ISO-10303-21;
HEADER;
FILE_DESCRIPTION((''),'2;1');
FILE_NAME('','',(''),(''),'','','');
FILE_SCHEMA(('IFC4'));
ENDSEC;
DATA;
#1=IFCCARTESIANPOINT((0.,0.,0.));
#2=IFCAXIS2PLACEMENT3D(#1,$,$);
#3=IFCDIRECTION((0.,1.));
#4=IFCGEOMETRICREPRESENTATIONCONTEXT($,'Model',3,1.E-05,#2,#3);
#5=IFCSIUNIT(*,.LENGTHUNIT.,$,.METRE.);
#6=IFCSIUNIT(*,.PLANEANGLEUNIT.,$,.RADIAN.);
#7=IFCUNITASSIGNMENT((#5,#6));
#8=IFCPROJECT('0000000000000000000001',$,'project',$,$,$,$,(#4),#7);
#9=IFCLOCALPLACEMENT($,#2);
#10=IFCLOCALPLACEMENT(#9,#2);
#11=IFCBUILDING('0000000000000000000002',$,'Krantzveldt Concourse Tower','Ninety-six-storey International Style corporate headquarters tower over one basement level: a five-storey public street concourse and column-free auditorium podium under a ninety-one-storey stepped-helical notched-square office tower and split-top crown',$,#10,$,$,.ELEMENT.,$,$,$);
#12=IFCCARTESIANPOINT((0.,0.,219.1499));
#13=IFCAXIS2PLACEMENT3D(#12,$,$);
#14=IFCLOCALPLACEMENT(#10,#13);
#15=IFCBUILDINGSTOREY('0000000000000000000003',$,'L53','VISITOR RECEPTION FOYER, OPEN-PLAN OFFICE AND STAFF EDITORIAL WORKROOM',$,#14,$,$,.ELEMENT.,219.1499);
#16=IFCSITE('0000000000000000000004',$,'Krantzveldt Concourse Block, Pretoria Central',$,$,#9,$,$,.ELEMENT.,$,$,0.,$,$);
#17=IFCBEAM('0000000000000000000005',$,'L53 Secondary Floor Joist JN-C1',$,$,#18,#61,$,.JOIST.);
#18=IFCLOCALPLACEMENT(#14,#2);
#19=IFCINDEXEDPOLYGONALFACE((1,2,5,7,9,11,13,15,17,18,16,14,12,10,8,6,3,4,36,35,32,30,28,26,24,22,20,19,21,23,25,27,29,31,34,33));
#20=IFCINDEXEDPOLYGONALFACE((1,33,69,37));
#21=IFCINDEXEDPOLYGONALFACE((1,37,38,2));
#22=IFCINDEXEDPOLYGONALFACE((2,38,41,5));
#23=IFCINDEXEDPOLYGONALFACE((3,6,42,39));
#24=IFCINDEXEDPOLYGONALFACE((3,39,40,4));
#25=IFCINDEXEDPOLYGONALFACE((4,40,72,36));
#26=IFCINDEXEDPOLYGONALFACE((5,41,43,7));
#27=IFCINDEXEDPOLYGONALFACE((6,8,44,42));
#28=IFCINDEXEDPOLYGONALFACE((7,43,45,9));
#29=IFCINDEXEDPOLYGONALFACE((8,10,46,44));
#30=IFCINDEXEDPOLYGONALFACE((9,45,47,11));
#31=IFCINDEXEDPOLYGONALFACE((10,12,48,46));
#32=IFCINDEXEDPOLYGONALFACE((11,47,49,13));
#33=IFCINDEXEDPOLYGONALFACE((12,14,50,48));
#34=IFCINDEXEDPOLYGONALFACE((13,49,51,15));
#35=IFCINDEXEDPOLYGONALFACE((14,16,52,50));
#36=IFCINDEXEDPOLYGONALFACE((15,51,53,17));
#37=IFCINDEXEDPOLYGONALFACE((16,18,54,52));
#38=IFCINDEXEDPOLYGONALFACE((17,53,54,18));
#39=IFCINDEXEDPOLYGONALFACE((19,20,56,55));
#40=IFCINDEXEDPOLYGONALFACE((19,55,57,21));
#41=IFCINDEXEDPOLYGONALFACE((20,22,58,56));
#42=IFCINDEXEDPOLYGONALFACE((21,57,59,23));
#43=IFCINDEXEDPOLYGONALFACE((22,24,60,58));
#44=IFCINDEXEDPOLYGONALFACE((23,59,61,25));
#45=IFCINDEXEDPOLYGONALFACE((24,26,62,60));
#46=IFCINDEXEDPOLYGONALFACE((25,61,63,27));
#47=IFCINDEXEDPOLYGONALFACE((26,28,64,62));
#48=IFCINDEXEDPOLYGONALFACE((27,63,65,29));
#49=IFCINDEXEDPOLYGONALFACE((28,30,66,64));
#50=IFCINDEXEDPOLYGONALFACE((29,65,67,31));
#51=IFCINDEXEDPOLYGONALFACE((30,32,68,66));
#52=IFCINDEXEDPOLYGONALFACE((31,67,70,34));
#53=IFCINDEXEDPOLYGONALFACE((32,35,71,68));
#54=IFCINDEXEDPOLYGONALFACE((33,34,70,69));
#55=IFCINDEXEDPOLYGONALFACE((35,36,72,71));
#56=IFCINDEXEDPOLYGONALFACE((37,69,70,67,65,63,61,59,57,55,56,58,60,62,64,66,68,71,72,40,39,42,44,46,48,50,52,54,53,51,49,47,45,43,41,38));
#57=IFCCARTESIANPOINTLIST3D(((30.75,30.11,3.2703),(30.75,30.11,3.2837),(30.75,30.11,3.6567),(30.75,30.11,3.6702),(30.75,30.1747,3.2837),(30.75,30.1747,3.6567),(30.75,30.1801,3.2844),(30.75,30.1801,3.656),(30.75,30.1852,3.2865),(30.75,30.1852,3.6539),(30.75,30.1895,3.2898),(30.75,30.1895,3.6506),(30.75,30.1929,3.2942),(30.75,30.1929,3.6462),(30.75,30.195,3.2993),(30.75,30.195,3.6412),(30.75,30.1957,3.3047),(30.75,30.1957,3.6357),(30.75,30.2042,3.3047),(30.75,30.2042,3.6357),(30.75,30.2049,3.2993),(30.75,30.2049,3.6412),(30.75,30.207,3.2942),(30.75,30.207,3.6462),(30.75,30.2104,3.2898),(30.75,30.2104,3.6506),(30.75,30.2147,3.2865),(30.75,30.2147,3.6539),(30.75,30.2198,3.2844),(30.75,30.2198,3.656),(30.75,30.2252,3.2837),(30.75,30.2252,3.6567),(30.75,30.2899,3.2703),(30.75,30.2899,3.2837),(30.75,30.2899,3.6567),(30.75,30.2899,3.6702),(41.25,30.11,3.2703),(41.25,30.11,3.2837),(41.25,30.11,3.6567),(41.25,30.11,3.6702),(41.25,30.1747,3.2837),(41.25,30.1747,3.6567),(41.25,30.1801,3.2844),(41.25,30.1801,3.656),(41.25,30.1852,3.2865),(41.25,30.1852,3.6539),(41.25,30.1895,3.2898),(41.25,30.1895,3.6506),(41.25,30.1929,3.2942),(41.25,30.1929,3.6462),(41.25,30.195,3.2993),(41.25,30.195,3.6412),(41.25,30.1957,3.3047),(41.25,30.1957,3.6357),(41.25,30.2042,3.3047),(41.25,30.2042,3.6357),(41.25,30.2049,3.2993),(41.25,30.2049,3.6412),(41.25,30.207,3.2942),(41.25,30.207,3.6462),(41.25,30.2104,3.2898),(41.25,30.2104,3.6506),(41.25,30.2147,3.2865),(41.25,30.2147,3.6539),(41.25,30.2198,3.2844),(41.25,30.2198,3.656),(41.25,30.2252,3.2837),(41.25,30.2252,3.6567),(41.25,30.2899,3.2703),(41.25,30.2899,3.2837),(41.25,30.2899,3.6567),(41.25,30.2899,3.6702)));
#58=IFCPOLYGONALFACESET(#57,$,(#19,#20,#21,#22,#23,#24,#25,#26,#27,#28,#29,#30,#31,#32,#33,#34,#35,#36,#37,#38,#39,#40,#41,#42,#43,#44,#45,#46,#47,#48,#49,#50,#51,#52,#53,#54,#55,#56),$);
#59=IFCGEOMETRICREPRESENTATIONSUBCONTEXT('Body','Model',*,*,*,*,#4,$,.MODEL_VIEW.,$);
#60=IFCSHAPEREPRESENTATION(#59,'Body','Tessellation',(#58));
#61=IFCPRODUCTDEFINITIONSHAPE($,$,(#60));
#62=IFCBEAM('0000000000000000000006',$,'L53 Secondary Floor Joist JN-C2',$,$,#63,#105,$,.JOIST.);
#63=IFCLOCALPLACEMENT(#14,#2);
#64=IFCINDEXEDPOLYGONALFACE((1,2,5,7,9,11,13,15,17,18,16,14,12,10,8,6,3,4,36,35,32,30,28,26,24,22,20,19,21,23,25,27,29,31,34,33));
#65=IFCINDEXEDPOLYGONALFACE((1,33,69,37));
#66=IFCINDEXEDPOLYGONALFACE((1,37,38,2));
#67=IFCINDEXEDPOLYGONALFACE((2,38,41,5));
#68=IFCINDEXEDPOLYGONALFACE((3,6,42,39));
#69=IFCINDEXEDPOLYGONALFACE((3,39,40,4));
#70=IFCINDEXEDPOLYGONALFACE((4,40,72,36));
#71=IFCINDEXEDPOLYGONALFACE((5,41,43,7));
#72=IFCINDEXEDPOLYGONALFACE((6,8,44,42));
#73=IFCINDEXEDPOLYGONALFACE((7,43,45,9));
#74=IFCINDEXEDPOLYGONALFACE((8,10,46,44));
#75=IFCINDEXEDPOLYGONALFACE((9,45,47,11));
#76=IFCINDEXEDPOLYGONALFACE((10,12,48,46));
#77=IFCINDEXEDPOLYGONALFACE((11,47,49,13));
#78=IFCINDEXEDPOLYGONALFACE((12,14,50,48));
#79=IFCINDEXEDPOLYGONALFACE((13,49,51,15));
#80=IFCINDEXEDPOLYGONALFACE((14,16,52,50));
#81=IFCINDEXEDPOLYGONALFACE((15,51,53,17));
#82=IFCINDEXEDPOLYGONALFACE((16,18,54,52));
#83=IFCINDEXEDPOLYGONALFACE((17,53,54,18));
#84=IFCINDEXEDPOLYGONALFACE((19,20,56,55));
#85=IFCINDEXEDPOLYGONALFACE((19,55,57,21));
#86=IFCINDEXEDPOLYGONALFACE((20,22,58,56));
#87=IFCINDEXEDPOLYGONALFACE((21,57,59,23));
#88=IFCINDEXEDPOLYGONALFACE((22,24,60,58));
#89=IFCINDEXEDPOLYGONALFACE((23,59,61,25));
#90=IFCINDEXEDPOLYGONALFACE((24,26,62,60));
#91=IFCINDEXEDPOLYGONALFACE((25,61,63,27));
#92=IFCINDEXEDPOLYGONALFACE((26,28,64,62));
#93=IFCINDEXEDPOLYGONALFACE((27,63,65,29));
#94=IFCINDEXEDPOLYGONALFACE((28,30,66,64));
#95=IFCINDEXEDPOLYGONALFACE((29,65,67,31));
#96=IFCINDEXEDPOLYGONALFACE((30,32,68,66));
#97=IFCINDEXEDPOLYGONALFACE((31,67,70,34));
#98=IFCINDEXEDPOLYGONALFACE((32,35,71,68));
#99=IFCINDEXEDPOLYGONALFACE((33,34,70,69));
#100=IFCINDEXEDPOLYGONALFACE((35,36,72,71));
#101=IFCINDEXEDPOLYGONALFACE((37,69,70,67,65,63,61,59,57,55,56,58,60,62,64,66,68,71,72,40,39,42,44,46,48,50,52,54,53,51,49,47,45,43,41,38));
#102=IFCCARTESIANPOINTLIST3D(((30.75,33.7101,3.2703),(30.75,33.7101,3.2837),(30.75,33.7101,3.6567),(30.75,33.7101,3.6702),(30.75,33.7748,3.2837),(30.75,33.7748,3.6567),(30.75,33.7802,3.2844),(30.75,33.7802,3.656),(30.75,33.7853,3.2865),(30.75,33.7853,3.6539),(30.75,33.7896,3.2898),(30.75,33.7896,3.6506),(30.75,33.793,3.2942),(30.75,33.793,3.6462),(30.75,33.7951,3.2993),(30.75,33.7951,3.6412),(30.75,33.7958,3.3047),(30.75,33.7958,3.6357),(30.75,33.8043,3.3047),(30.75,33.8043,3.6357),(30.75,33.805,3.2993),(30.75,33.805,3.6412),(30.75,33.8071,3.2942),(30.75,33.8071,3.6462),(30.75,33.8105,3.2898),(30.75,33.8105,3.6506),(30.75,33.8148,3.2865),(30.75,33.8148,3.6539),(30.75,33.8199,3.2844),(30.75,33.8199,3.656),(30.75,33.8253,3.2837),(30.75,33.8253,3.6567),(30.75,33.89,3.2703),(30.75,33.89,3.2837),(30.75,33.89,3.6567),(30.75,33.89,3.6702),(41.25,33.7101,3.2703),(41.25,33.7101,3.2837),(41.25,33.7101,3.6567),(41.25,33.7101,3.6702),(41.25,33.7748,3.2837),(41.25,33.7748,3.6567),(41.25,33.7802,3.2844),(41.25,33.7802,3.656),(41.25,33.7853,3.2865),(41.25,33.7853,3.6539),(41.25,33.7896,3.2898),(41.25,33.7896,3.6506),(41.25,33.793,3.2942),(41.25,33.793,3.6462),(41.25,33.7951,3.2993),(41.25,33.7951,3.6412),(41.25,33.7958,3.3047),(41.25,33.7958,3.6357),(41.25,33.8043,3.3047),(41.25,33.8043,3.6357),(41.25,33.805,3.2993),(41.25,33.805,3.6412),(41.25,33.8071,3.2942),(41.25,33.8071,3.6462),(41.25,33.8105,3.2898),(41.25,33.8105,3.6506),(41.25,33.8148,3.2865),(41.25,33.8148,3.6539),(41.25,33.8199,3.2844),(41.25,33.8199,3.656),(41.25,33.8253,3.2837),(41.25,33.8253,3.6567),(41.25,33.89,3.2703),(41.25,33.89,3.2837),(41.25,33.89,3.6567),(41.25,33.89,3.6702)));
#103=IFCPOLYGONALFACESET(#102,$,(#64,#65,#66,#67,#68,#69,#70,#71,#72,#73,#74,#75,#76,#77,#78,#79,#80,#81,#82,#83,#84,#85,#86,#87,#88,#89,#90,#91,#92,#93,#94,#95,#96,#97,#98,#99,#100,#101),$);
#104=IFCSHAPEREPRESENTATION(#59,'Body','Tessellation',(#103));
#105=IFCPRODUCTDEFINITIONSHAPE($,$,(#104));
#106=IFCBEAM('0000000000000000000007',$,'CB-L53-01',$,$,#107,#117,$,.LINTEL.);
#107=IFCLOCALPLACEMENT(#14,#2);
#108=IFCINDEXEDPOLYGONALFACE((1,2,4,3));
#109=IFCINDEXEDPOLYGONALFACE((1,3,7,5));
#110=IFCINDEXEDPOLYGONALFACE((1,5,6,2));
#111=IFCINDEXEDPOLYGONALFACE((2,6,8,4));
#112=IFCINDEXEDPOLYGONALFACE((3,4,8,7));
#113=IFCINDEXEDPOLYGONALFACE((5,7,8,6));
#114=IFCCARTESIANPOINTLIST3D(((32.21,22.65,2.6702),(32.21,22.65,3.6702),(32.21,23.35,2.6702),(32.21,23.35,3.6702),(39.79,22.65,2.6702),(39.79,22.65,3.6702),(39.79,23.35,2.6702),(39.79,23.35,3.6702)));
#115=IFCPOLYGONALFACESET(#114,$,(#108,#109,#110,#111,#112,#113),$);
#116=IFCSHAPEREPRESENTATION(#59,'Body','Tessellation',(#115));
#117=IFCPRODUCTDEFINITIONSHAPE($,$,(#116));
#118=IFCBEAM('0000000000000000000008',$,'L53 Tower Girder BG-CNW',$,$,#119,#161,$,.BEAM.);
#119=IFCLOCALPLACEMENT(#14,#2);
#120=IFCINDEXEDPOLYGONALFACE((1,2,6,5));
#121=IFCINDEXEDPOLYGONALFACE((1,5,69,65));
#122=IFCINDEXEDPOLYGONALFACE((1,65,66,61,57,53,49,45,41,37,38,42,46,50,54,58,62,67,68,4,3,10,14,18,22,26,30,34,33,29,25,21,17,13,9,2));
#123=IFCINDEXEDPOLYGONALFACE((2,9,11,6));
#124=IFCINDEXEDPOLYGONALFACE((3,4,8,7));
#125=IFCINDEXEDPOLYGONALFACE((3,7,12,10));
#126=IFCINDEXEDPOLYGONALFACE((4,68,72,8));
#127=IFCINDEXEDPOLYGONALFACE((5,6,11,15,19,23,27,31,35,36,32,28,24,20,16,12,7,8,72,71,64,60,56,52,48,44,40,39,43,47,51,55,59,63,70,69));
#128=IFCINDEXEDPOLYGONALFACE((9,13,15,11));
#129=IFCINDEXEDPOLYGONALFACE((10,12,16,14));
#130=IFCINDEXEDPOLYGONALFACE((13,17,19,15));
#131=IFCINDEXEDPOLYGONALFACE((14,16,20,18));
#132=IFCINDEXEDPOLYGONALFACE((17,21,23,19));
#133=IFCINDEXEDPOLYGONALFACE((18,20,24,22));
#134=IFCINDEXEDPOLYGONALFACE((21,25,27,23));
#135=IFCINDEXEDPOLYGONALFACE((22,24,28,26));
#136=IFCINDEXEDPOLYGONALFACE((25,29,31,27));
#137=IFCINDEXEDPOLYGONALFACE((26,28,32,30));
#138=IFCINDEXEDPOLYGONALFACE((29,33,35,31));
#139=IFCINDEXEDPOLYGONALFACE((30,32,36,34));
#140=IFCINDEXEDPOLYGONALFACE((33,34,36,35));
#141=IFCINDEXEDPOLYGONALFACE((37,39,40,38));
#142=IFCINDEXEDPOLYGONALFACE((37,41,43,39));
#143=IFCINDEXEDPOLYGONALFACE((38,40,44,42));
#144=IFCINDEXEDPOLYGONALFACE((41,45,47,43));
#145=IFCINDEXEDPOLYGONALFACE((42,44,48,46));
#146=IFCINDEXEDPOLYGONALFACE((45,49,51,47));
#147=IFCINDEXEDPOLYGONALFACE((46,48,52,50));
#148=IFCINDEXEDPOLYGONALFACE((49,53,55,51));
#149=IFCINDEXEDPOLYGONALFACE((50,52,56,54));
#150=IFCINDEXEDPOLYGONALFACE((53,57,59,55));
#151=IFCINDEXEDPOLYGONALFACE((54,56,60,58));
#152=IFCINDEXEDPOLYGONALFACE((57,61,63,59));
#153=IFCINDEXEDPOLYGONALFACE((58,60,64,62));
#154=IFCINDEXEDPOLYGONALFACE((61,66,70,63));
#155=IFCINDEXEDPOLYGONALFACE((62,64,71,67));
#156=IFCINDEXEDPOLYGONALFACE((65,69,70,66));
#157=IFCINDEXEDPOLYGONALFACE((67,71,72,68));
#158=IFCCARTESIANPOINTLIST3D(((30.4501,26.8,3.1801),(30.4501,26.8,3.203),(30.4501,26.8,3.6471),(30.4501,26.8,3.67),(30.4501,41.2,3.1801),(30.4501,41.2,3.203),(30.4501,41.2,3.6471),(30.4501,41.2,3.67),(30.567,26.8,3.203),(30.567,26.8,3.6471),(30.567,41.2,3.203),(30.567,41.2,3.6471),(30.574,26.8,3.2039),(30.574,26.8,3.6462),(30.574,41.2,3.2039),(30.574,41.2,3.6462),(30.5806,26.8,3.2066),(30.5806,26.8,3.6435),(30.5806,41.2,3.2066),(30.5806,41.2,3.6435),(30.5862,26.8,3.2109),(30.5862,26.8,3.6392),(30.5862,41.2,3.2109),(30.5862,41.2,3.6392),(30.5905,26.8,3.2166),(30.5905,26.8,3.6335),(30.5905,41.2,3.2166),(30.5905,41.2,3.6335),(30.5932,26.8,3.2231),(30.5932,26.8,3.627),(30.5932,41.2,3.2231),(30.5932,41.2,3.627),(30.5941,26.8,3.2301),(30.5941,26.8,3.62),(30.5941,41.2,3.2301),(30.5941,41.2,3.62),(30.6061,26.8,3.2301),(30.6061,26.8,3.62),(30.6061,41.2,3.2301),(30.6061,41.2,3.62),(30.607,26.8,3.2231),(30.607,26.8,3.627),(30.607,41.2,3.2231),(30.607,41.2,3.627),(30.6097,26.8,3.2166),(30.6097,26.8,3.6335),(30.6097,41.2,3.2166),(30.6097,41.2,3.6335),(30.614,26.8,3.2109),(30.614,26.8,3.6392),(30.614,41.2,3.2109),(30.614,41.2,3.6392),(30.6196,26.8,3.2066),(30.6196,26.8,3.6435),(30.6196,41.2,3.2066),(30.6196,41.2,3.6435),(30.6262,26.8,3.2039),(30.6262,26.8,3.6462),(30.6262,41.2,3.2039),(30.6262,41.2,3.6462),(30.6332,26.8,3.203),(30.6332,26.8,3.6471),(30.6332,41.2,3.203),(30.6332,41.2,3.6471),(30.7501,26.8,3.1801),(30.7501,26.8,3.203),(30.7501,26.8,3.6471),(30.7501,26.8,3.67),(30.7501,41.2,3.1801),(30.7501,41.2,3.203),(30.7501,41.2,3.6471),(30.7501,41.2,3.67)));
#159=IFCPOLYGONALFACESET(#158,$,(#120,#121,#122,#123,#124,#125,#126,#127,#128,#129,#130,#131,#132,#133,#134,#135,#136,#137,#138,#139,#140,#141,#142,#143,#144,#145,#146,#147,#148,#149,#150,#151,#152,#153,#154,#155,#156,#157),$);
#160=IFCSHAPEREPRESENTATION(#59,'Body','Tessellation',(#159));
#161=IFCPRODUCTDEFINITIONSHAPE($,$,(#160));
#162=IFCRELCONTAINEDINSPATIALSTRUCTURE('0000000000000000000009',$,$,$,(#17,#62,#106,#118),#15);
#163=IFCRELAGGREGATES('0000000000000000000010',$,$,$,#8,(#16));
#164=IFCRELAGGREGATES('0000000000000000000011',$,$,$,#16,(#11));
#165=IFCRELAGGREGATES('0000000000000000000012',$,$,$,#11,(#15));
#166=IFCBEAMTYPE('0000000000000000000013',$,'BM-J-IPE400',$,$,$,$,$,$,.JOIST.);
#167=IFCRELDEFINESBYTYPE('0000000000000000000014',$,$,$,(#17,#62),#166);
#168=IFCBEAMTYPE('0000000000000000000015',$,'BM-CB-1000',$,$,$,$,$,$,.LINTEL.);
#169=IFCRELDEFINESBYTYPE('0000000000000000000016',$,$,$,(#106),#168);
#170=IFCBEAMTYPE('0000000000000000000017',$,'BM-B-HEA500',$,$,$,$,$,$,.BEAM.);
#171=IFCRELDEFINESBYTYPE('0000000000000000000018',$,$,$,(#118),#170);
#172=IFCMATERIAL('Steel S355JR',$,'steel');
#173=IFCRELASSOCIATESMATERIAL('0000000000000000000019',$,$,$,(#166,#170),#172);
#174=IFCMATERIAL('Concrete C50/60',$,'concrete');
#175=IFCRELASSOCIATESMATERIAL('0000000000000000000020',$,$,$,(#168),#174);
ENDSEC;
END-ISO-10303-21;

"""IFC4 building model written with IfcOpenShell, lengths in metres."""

from ifc_helpers import new_model, si_unit, direction, frame, origin, origin_2d, place, context, subcontext, project, spatial, rectangle, i_section, extrude, source, transform, mapped, material, material_profile, profile_set, type_object, type_shapes, element, save


model = new_model("IFC4")

# Units and contexts
model_context = context("Model", 3, precision=1e-05, world=origin(), true_north=direction((0.0, 1.0)))
body_context = subcontext(model_context, "Body", "Model", "MODEL_VIEW")
ifc_project = project(units=[si_unit("LENGTHUNIT", "METRE"), si_unit("PLANEANGLEUNIT", "RADIAN")], contexts=[model_context])

# Site, building, storey
site_placement = place(None, origin())
site = spatial("IfcSite", under=ifc_project, at=site_placement, Name="Krantzveldt Concourse Block, Pretoria Central", CompositionType="ELEMENT", RefElevation=0.0)
building_placement = place(site_placement, origin())
building = spatial("IfcBuilding", under=site, at=building_placement, Name="Krantzveldt Concourse Tower", Description="Ninety-six-storey International Style corporate headquarters tower over one basement level: a five-storey public street concourse and column-free auditorium podium under a ninety-one-storey stepped-helical notched-square office tower and split-top crown", CompositionType="ELEMENT")
storey_placement = place(building_placement, frame((0.0, 0.0, 219.1499)))
storey = spatial("IfcBuildingStorey", under=building, at=storey_placement, Name="L53", Description="VISITOR RECEPTION FOYER, OPEN-PLAN OFFICE AND STAFF EDITORIAL WORKROOM", CompositionType="ELEMENT", Elevation=219.1499)

# Beams
ifc_material_1 = material(Name="Steel S355JR", Category="steel")
ifc_material_profile_1 = material_profile(ifc_material_1, i_section(OverallWidth=0.1799, OverallDepth=0.3999, WebThickness=0.0085, FlangeThickness=0.0134, FilletRadius=0.021, at=origin_2d()), Name="Steel S355JR", Category="steel")
ifc_profile_set_1 = profile_set([ifc_material_profile_1], Name="Steel S355JR - IPE 400")
beam_type_1 = type_object("IfcBeamType", Name="BM-J-IPE400", PredefinedType="JOIST", material=ifc_profile_set_1)
shared_shape_1 = source(origin(), body_context, "Body", "SweptSolid", [
    extrude(i_section(OverallWidth=0.1799, OverallDepth=0.3999, WebThickness=0.0085, FlangeThickness=0.0134, FilletRadius=0.021, at=origin_2d()), origin(), (0.0, 0.0, 1.0), 10.5),
])
for number, where, z_axis, x_axis, name in (
    (1, (30.75, 30.2, 3.4702), (1.0, 0.0, 0.0), (0.0, 1.0, 0.0), "L53 Secondary Floor Joist JN-C1"),
    (2, (30.75, 33.8, 3.4702), (1.0, 0.0, 0.0), (0.0, 1.0, 0.0), "L53 Secondary Floor Joist JN-C2"),
):
    element("IfcBeam", number, at=place(storey_placement, frame(where, z_axis=z_axis, x_axis=x_axis)), inside=storey, type_object=beam_type_1, Name=name, PredefinedType="JOIST", context=body_context, shape_type="MappedRepresentation", body=[
        mapped(shared_shape_1, transform((0.0, 0.0, 0.0), x_axis=(1.0, 0.0, 0.0), y_axis=(0.0, 1.0, 0.0), z_axis=(0.0, 0.0, 1.0), scale=1.0)),
    ])
ifc_material_2 = material(Name="Concrete C50/60", Category="concrete")
ifc_material_profile_2 = material_profile(ifc_material_2, rectangle(XDim=0.7, YDim=1.0, at=origin_2d()), Name="Concrete C50/60", Category="concrete")
ifc_profile_set_2 = profile_set([ifc_material_profile_2], Name="Concrete C50/60 - RC-CB 700x1000")
beam_type_2 = type_object("IfcBeamType", Name="BM-CB-1000", PredefinedType="LINTEL", material=ifc_profile_set_2)
shared_shape_2 = source(origin(), body_context, "Body", "SweptSolid", [
    extrude(rectangle(XDim=0.7, YDim=1.0, at=origin_2d()), origin(), (0.0, 0.0, 1.0), 7.5801),
])
type_shapes(beam_type_2, [shared_shape_2])
beam_1_placement = place(storey_placement, frame((32.21, 23.0, 3.1702), z_axis=(1.0, 0.0, 0.0), x_axis=(0.0, 1.0, 0.0)))
element("IfcBeam", 3, at=beam_1_placement, inside=storey, type_object=beam_type_2, Name="CB-L53-01", PredefinedType="LINTEL", context=body_context, shape_type="MappedRepresentation", body=[
    mapped(shared_shape_2, transform((0.0, 0.0, 0.0), x_axis=(1.0, 0.0, 0.0), y_axis=(0.0, 1.0, 0.0), z_axis=(0.0, 0.0, 1.0), scale=1.0)),
])
ifc_material_profile_3 = material_profile(ifc_material_1, i_section(OverallWidth=0.3, OverallDepth=0.49, WebThickness=0.012, FlangeThickness=0.0229, FilletRadius=0.0271, at=origin_2d()), Name="Steel S355JR", Category="steel")
ifc_profile_set_3 = profile_set([ifc_material_profile_3], Name="Steel S355JR - HEA 500")
beam_type_3 = type_object("IfcBeamType", Name="BM-B-HEA500", PredefinedType="BEAM", material=ifc_profile_set_3)
shared_shape_3 = source(origin(), body_context, "Body", "SweptSolid", [
    extrude(i_section(OverallWidth=0.3, OverallDepth=0.49, WebThickness=0.012, FlangeThickness=0.0229, FilletRadius=0.0271, at=origin_2d()), origin(), (0.0, 0.0, 1.0), 14.3999),
])
type_shapes(beam_type_3, [shared_shape_3])
beam_2_placement = place(storey_placement, frame((30.6001, 26.8, 3.425), z_axis=(0.0, 1.0, 0.0), x_axis=(-1.0, 0.0, 0.0)))
element("IfcBeam", 4, at=beam_2_placement, inside=storey, type_object=beam_type_3, Name="L53 Tower Girder BG-CNW", PredefinedType="BEAM", context=body_context, shape_type="MappedRepresentation", body=[
    mapped(shared_shape_3, transform((0.0, 0.0, 0.0), x_axis=(1.0, 0.0, 0.0), y_axis=(0.0, 1.0, 0.0), z_axis=(0.0, 0.0, 1.0), scale=1.0)),
])

save(model, "model.ifc")
